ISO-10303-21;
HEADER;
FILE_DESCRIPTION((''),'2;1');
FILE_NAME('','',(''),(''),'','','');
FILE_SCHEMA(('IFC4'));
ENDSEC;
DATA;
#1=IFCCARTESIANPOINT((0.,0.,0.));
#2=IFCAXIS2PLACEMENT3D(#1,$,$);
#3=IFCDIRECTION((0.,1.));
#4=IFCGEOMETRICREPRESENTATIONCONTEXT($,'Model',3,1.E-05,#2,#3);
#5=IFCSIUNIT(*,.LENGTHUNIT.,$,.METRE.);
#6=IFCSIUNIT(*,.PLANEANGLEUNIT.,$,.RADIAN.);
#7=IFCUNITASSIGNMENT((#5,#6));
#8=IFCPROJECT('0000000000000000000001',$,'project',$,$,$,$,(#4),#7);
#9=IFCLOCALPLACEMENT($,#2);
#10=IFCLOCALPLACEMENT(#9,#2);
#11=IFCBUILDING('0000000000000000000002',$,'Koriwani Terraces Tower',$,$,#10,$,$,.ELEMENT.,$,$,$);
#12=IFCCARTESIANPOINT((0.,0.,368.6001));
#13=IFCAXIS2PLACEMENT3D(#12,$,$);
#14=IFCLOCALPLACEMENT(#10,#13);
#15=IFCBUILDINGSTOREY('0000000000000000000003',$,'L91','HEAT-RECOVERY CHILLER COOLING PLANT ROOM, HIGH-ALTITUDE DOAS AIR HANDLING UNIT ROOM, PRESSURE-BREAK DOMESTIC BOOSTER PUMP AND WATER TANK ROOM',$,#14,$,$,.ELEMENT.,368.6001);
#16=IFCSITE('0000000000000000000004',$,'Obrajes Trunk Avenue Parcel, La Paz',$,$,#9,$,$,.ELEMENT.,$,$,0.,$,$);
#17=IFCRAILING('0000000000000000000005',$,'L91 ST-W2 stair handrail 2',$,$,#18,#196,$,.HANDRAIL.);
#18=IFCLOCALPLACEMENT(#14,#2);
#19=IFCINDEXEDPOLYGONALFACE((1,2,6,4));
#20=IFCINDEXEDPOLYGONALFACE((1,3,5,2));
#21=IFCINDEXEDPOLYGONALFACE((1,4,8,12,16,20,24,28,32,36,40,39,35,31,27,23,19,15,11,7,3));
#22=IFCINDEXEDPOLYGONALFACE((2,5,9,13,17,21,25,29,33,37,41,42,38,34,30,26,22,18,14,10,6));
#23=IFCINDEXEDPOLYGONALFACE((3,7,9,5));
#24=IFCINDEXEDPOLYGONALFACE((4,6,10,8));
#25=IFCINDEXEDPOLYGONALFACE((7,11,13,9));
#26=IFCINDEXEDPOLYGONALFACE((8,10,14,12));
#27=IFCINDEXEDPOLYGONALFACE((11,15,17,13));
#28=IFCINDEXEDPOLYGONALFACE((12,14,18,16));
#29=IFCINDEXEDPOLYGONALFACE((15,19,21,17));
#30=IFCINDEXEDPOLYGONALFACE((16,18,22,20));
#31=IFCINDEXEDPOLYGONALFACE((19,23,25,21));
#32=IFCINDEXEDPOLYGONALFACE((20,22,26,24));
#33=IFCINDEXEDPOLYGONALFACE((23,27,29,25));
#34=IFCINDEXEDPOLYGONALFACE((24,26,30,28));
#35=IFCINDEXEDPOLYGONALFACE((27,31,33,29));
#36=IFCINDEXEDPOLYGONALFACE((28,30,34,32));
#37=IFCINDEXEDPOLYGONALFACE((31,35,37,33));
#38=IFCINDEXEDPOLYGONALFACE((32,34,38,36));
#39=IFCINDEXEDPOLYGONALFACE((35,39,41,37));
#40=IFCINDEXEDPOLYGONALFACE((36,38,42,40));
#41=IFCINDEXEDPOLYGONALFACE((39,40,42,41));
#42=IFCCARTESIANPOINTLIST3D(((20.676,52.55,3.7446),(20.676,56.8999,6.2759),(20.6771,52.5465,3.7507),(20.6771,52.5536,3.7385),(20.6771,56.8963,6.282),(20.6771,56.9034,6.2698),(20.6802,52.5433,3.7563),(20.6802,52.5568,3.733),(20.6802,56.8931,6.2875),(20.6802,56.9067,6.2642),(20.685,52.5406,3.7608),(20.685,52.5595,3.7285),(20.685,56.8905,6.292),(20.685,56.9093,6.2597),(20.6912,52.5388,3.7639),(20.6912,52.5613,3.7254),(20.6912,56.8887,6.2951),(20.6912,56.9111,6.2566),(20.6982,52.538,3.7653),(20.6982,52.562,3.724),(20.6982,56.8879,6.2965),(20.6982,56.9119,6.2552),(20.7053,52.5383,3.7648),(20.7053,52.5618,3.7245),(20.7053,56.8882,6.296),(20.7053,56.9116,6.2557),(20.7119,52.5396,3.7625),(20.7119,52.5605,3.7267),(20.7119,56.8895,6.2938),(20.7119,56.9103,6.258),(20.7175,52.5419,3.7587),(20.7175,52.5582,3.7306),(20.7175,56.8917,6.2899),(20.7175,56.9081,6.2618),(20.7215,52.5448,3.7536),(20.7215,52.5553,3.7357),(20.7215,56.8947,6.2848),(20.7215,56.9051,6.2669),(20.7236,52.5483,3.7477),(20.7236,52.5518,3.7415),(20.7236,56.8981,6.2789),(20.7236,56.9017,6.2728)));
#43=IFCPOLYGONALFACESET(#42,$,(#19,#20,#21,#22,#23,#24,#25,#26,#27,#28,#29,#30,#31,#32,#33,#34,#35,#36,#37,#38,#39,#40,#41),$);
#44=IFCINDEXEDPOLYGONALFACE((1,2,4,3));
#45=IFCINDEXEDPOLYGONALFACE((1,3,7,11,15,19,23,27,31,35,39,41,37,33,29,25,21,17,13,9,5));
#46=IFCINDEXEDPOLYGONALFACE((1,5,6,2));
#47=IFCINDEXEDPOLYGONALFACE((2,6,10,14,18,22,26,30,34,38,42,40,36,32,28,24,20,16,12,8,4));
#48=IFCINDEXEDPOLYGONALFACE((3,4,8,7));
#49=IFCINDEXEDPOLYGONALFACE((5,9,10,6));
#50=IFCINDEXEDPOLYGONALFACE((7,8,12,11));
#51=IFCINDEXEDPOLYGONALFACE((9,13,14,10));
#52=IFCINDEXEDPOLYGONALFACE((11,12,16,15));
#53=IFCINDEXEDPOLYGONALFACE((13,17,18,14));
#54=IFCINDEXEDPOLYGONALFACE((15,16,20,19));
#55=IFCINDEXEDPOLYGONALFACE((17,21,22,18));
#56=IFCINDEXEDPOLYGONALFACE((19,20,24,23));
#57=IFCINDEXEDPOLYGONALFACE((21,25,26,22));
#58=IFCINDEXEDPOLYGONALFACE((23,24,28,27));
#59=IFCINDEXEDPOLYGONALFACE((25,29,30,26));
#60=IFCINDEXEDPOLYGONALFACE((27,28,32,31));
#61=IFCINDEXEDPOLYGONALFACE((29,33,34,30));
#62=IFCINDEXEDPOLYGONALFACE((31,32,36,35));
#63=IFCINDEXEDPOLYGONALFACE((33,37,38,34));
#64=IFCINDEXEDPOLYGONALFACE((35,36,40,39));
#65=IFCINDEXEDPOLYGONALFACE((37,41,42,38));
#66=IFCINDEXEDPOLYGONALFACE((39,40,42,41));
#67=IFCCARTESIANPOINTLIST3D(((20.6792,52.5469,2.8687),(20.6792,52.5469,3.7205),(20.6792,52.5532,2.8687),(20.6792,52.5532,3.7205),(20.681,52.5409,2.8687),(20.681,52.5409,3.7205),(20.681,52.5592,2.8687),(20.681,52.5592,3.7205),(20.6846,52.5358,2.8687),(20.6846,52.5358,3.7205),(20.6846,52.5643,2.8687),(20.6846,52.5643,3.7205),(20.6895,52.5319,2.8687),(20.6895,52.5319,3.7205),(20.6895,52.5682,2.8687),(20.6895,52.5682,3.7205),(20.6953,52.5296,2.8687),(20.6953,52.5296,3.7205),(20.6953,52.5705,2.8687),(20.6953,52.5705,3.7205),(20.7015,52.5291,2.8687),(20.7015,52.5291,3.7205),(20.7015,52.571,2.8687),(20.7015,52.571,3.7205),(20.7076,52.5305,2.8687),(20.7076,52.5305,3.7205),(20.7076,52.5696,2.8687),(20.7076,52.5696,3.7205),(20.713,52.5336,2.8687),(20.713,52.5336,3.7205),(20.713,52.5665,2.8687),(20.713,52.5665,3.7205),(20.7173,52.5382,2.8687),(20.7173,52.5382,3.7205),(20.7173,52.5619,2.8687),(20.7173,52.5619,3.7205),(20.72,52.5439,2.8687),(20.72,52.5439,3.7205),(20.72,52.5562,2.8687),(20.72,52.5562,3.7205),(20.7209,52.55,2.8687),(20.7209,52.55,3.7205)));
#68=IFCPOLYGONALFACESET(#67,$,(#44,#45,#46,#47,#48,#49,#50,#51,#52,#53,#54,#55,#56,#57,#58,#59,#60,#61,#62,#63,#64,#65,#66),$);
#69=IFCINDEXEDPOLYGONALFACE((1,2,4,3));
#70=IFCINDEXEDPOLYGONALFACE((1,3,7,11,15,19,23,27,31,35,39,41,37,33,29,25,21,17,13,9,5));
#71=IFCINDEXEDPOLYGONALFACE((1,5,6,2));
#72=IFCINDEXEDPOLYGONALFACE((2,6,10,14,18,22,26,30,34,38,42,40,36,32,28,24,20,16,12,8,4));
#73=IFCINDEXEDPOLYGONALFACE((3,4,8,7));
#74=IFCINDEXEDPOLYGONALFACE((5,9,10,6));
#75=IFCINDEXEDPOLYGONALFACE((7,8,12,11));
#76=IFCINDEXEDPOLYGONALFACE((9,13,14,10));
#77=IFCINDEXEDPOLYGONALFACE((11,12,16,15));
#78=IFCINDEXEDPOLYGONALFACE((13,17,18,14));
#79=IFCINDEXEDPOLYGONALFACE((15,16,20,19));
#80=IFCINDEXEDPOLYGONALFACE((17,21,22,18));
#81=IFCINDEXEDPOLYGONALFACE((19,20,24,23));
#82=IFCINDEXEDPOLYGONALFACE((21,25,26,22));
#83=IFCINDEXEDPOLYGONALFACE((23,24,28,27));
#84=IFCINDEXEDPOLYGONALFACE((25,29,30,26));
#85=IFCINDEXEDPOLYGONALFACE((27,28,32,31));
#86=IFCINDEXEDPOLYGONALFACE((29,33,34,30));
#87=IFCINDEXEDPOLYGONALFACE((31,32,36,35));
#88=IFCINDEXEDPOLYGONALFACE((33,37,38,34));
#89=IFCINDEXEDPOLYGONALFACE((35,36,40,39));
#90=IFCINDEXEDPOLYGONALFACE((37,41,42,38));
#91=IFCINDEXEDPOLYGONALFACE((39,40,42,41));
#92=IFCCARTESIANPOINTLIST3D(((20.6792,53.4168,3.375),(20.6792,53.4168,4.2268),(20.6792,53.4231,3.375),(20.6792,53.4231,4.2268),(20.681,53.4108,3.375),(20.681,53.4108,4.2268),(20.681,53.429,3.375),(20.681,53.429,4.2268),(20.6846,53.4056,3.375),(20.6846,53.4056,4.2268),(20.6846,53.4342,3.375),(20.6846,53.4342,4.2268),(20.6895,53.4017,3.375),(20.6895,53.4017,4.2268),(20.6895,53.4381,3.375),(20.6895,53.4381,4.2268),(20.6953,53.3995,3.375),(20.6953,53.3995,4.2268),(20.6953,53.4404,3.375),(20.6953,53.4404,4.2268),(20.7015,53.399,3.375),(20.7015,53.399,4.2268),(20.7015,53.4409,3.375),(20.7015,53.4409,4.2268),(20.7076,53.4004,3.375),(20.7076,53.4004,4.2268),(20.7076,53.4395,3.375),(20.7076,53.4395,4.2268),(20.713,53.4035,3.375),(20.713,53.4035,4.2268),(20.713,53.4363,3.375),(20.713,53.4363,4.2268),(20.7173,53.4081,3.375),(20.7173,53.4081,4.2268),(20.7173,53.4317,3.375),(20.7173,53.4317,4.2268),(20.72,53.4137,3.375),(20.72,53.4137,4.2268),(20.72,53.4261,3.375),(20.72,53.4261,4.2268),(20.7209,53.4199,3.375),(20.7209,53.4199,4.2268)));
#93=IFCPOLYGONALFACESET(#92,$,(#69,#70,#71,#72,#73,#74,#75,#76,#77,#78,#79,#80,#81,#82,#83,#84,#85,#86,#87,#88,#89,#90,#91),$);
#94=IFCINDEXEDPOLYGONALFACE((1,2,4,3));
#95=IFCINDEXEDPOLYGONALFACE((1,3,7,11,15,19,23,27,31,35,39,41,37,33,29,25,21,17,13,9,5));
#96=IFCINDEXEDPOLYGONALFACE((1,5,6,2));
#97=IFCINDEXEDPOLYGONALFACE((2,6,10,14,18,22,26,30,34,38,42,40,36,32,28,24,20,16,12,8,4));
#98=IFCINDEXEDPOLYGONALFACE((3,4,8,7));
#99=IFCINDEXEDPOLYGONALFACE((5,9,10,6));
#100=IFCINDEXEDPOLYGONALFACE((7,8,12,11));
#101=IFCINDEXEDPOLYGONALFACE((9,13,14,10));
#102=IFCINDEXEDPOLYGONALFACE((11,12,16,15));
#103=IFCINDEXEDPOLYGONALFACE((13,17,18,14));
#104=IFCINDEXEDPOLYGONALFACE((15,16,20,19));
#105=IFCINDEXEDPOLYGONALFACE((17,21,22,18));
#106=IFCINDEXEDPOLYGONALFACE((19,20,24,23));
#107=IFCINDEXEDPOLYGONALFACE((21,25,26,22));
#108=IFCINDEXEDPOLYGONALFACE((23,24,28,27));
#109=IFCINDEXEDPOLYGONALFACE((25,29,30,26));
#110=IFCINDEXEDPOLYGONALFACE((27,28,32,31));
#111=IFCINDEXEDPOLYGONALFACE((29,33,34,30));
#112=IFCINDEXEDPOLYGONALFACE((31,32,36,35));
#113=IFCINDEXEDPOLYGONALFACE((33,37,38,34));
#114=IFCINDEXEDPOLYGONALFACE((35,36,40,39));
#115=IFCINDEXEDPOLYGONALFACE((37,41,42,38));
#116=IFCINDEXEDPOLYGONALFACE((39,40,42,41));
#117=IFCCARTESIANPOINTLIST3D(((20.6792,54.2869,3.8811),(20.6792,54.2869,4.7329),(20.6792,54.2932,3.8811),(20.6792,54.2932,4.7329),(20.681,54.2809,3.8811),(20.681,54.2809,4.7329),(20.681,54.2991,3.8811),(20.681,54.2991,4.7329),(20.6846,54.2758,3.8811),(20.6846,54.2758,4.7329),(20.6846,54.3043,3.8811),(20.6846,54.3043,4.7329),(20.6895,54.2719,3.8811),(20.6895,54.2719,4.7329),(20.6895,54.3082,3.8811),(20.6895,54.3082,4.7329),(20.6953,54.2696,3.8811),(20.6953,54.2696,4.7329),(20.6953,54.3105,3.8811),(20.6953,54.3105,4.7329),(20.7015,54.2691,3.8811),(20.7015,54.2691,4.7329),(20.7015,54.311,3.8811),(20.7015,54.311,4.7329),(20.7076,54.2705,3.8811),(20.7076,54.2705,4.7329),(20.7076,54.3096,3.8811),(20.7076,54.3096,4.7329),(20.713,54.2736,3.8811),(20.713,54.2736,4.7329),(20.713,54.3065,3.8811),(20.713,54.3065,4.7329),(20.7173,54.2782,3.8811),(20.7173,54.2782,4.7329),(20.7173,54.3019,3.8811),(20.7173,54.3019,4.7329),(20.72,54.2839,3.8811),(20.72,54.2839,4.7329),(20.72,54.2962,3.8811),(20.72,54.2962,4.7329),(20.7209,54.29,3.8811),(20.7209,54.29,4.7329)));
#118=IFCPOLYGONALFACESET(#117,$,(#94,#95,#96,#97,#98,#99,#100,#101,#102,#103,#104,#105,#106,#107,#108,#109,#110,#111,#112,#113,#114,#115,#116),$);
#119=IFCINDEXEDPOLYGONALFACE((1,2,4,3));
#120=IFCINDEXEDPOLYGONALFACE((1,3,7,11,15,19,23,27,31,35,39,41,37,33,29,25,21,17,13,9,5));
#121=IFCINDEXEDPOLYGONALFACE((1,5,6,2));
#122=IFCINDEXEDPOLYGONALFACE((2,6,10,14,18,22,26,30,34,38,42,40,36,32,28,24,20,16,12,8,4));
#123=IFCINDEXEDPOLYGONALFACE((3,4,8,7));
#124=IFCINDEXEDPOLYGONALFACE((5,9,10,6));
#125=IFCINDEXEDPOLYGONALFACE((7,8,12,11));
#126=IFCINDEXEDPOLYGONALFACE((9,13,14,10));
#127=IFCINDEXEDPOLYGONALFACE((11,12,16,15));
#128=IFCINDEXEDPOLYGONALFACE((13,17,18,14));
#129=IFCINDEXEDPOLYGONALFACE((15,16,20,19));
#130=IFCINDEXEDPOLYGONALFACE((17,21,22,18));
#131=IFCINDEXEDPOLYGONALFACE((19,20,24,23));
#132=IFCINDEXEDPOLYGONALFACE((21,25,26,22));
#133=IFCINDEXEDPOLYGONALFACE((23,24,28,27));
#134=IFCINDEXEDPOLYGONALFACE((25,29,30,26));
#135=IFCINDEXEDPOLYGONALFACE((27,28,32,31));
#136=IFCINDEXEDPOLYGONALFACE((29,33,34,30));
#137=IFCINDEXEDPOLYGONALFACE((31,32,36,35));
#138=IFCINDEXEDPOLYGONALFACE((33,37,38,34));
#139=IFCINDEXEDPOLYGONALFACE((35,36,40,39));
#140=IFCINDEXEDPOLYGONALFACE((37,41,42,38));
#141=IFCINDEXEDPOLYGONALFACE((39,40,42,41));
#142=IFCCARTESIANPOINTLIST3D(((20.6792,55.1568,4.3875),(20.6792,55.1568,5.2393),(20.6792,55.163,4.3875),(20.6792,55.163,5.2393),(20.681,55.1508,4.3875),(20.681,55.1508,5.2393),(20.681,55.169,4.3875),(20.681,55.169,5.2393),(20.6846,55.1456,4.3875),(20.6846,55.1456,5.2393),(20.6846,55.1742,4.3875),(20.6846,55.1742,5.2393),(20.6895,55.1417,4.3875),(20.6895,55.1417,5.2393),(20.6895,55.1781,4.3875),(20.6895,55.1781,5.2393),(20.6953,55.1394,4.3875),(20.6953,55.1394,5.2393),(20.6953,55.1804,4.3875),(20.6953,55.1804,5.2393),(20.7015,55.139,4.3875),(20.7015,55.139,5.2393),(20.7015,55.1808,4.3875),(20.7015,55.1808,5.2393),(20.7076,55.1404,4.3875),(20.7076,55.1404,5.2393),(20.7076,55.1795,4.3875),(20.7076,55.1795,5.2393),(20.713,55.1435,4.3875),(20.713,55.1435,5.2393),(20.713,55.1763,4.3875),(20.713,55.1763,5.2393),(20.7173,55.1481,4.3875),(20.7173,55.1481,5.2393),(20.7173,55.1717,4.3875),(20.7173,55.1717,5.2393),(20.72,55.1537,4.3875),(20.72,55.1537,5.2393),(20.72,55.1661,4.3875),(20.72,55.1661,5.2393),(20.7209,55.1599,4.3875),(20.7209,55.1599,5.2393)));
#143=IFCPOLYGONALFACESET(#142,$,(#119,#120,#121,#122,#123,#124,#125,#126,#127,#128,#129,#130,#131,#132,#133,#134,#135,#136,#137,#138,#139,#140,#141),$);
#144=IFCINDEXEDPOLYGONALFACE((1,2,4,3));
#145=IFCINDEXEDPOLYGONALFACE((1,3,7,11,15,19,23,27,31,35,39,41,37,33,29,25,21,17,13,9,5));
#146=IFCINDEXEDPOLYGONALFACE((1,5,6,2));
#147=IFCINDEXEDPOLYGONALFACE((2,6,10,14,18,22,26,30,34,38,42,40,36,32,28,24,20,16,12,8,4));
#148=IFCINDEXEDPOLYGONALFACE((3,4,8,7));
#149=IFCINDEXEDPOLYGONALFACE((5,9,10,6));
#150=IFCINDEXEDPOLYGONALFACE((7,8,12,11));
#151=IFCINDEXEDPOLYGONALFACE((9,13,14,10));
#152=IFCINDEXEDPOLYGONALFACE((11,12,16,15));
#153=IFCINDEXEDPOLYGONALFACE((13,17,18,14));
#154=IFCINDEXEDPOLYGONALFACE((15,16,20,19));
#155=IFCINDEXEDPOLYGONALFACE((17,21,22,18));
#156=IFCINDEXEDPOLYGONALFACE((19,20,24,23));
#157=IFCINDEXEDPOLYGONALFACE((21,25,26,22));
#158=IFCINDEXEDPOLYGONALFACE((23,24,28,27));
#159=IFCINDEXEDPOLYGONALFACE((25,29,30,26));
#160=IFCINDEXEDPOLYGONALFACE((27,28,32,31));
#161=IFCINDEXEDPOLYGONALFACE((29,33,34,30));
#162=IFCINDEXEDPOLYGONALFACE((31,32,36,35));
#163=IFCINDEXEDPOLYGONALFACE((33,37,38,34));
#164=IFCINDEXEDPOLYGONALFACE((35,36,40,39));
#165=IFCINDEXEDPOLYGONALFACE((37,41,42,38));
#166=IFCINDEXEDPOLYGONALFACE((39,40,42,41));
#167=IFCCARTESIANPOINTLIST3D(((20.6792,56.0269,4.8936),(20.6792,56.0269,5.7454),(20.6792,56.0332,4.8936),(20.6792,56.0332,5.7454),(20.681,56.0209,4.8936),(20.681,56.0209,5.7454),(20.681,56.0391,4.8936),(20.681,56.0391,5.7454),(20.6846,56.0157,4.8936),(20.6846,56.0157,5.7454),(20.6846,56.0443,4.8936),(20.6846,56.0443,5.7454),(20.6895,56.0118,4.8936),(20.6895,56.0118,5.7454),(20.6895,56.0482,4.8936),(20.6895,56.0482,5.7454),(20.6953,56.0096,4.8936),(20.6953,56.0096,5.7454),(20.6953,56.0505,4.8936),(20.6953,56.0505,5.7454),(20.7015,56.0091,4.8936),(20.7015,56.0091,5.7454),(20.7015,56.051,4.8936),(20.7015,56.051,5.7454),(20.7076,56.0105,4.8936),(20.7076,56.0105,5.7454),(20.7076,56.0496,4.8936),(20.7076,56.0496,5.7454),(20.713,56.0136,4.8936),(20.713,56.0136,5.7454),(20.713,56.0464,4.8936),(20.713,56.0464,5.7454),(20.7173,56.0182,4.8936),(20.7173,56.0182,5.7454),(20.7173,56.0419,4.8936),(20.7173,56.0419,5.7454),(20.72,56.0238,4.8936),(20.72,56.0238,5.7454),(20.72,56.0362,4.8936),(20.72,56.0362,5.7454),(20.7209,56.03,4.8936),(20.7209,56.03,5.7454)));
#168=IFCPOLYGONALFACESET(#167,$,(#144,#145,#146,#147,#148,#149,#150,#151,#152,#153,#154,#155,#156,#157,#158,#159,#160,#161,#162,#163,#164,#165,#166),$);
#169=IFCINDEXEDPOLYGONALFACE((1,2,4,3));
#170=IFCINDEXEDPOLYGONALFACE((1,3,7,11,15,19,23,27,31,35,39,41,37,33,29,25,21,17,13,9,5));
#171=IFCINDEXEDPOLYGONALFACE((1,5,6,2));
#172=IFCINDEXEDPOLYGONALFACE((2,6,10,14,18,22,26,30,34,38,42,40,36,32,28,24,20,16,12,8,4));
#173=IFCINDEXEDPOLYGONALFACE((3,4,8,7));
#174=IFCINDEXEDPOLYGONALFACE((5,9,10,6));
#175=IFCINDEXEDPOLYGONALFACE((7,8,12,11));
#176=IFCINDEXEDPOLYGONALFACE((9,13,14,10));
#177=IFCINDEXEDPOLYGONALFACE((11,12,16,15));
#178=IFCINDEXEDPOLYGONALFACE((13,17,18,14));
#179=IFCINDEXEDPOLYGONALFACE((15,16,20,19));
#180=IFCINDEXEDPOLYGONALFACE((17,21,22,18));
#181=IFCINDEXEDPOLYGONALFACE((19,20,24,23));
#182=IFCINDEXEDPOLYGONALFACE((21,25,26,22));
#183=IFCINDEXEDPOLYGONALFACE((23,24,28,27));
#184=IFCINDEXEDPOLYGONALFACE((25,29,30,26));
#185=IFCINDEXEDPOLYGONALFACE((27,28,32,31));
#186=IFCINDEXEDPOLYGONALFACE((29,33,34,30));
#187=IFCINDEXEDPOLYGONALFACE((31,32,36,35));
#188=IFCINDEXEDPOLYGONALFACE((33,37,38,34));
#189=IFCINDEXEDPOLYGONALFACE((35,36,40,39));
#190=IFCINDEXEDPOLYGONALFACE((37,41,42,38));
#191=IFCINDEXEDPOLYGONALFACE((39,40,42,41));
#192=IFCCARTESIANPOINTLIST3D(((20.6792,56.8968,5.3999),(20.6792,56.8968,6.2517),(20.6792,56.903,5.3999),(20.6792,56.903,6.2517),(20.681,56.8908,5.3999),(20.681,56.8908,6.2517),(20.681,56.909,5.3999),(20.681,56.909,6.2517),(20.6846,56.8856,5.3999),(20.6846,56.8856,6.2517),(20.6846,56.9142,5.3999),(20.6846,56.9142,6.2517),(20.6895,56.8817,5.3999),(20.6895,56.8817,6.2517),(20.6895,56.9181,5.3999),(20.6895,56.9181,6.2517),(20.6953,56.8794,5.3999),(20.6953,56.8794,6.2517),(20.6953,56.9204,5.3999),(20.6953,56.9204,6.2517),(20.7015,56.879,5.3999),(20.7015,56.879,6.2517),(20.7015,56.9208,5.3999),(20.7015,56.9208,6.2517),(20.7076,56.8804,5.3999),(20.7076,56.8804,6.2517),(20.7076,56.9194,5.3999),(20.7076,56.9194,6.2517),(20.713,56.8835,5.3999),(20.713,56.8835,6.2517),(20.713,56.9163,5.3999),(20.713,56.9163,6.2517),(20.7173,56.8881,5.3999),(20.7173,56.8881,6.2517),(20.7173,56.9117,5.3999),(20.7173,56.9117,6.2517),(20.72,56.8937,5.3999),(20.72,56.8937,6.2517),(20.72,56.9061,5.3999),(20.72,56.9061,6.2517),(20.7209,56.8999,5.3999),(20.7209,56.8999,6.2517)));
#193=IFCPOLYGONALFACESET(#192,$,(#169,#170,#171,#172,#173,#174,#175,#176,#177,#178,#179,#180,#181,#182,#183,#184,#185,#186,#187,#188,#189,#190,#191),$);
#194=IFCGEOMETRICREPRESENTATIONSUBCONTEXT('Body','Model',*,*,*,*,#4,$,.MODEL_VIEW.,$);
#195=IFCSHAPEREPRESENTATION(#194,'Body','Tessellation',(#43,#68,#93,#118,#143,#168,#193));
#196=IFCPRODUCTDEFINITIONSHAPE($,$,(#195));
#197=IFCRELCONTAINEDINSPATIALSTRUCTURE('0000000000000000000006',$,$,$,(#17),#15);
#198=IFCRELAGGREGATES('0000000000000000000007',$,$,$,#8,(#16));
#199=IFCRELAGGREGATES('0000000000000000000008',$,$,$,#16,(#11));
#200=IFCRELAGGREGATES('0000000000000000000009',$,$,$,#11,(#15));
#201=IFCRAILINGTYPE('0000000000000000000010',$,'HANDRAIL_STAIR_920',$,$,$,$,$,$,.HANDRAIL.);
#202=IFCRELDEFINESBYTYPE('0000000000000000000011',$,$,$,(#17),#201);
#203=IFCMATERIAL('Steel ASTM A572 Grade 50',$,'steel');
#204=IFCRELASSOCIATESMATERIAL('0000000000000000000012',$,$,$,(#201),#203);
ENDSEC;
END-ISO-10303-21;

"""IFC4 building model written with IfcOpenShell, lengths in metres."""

from ifc_helpers import new_model, si_unit, direction, frame, origin, origin_2d, place, context, subcontext, project, spatial, circle, extrude, material, type_object, element, save


model = new_model("IFC4")

# Units and contexts
model_context = context("Model", 3, precision=1e-05, world=origin(), true_north=direction((0.0, 1.0)))
body_context = subcontext(model_context, "Body", "Model", "MODEL_VIEW")
ifc_project = project(units=[si_unit("LENGTHUNIT", "METRE"), si_unit("PLANEANGLEUNIT", "RADIAN")], contexts=[model_context])

# Site, building, storey
site_placement = place(None, origin())
site = spatial("IfcSite", under=ifc_project, at=site_placement, Name="Obrajes Trunk Avenue Parcel, La Paz", CompositionType="ELEMENT", RefElevation=0.0)
building_placement = place(site_placement, origin())
building = spatial("IfcBuilding", under=site, at=building_placement, Name="Koriwani Terraces Tower", CompositionType="ELEMENT")
storey_placement = place(building_placement, frame((0.0, 0.0, 368.6001)))
storey = spatial("IfcBuildingStorey", under=building, at=storey_placement, Name="L91", Description="HEAT-RECOVERY CHILLER COOLING PLANT ROOM, HIGH-ALTITUDE DOAS AIR HANDLING UNIT ROOM, PRESSURE-BREAK DOMESTIC BOOSTER PUMP AND WATER TANK ROOM", CompositionType="ELEMENT", Elevation=368.6001)

# Shared definitions
ifc_material_1 = material(Name="Steel ASTM A572 Grade 50", Category="steel")

# Railing
railing_type_1 = type_object("IfcRailingType", Name="HANDRAIL_STAIR_920", PredefinedType="HANDRAIL", material=ifc_material_1)
railing_1_placement = place(storey_placement, frame((20.7, 52.55, 2.8687)))
element("IfcRailing", 1, at=railing_1_placement, inside=storey, type_object=railing_type_1, Name="L91 ST-W2 stair handrail 2", PredefinedType="HANDRAIL", context=body_context, shape_type="SweptSolid", body=[
    extrude(circle(Radius=0.0239, at=origin_2d()), frame((0.0, 0.0, 0.876), z_axis=(0.0, 0.864312, 0.502957), x_axis=(-1.0, 0.0, 0.0)), (0.0, 0.0, 1.0), 5.0327),
    extrude(circle(Radius=0.021, at=origin_2d()), origin(), (0.0, 0.0, 1.0), 0.8518),
    extrude(circle(Radius=0.021, at=origin_2d()), frame((0.0, 0.8699, 0.5063)), (0.0, 0.0, 1.0), 0.8518),
    extrude(circle(Radius=0.021, at=origin_2d()), frame((0.0, 1.74, 1.0125)), (0.0, 0.0, 1.0), 0.8518),
    extrude(circle(Radius=0.021, at=origin_2d()), frame((0.0, 2.6099, 1.5188)), (0.0, 0.0, 1.0), 0.8518),
    extrude(circle(Radius=0.021, at=origin_2d()), frame((0.0, 3.48, 2.0249)), (0.0, 0.0, 1.0), 0.8518),
    extrude(circle(Radius=0.021, at=origin_2d()), frame((0.0, 4.3499, 2.5312)), (0.0, 0.0, 1.0), 0.8518),
])

save(model, "model.ifc")
